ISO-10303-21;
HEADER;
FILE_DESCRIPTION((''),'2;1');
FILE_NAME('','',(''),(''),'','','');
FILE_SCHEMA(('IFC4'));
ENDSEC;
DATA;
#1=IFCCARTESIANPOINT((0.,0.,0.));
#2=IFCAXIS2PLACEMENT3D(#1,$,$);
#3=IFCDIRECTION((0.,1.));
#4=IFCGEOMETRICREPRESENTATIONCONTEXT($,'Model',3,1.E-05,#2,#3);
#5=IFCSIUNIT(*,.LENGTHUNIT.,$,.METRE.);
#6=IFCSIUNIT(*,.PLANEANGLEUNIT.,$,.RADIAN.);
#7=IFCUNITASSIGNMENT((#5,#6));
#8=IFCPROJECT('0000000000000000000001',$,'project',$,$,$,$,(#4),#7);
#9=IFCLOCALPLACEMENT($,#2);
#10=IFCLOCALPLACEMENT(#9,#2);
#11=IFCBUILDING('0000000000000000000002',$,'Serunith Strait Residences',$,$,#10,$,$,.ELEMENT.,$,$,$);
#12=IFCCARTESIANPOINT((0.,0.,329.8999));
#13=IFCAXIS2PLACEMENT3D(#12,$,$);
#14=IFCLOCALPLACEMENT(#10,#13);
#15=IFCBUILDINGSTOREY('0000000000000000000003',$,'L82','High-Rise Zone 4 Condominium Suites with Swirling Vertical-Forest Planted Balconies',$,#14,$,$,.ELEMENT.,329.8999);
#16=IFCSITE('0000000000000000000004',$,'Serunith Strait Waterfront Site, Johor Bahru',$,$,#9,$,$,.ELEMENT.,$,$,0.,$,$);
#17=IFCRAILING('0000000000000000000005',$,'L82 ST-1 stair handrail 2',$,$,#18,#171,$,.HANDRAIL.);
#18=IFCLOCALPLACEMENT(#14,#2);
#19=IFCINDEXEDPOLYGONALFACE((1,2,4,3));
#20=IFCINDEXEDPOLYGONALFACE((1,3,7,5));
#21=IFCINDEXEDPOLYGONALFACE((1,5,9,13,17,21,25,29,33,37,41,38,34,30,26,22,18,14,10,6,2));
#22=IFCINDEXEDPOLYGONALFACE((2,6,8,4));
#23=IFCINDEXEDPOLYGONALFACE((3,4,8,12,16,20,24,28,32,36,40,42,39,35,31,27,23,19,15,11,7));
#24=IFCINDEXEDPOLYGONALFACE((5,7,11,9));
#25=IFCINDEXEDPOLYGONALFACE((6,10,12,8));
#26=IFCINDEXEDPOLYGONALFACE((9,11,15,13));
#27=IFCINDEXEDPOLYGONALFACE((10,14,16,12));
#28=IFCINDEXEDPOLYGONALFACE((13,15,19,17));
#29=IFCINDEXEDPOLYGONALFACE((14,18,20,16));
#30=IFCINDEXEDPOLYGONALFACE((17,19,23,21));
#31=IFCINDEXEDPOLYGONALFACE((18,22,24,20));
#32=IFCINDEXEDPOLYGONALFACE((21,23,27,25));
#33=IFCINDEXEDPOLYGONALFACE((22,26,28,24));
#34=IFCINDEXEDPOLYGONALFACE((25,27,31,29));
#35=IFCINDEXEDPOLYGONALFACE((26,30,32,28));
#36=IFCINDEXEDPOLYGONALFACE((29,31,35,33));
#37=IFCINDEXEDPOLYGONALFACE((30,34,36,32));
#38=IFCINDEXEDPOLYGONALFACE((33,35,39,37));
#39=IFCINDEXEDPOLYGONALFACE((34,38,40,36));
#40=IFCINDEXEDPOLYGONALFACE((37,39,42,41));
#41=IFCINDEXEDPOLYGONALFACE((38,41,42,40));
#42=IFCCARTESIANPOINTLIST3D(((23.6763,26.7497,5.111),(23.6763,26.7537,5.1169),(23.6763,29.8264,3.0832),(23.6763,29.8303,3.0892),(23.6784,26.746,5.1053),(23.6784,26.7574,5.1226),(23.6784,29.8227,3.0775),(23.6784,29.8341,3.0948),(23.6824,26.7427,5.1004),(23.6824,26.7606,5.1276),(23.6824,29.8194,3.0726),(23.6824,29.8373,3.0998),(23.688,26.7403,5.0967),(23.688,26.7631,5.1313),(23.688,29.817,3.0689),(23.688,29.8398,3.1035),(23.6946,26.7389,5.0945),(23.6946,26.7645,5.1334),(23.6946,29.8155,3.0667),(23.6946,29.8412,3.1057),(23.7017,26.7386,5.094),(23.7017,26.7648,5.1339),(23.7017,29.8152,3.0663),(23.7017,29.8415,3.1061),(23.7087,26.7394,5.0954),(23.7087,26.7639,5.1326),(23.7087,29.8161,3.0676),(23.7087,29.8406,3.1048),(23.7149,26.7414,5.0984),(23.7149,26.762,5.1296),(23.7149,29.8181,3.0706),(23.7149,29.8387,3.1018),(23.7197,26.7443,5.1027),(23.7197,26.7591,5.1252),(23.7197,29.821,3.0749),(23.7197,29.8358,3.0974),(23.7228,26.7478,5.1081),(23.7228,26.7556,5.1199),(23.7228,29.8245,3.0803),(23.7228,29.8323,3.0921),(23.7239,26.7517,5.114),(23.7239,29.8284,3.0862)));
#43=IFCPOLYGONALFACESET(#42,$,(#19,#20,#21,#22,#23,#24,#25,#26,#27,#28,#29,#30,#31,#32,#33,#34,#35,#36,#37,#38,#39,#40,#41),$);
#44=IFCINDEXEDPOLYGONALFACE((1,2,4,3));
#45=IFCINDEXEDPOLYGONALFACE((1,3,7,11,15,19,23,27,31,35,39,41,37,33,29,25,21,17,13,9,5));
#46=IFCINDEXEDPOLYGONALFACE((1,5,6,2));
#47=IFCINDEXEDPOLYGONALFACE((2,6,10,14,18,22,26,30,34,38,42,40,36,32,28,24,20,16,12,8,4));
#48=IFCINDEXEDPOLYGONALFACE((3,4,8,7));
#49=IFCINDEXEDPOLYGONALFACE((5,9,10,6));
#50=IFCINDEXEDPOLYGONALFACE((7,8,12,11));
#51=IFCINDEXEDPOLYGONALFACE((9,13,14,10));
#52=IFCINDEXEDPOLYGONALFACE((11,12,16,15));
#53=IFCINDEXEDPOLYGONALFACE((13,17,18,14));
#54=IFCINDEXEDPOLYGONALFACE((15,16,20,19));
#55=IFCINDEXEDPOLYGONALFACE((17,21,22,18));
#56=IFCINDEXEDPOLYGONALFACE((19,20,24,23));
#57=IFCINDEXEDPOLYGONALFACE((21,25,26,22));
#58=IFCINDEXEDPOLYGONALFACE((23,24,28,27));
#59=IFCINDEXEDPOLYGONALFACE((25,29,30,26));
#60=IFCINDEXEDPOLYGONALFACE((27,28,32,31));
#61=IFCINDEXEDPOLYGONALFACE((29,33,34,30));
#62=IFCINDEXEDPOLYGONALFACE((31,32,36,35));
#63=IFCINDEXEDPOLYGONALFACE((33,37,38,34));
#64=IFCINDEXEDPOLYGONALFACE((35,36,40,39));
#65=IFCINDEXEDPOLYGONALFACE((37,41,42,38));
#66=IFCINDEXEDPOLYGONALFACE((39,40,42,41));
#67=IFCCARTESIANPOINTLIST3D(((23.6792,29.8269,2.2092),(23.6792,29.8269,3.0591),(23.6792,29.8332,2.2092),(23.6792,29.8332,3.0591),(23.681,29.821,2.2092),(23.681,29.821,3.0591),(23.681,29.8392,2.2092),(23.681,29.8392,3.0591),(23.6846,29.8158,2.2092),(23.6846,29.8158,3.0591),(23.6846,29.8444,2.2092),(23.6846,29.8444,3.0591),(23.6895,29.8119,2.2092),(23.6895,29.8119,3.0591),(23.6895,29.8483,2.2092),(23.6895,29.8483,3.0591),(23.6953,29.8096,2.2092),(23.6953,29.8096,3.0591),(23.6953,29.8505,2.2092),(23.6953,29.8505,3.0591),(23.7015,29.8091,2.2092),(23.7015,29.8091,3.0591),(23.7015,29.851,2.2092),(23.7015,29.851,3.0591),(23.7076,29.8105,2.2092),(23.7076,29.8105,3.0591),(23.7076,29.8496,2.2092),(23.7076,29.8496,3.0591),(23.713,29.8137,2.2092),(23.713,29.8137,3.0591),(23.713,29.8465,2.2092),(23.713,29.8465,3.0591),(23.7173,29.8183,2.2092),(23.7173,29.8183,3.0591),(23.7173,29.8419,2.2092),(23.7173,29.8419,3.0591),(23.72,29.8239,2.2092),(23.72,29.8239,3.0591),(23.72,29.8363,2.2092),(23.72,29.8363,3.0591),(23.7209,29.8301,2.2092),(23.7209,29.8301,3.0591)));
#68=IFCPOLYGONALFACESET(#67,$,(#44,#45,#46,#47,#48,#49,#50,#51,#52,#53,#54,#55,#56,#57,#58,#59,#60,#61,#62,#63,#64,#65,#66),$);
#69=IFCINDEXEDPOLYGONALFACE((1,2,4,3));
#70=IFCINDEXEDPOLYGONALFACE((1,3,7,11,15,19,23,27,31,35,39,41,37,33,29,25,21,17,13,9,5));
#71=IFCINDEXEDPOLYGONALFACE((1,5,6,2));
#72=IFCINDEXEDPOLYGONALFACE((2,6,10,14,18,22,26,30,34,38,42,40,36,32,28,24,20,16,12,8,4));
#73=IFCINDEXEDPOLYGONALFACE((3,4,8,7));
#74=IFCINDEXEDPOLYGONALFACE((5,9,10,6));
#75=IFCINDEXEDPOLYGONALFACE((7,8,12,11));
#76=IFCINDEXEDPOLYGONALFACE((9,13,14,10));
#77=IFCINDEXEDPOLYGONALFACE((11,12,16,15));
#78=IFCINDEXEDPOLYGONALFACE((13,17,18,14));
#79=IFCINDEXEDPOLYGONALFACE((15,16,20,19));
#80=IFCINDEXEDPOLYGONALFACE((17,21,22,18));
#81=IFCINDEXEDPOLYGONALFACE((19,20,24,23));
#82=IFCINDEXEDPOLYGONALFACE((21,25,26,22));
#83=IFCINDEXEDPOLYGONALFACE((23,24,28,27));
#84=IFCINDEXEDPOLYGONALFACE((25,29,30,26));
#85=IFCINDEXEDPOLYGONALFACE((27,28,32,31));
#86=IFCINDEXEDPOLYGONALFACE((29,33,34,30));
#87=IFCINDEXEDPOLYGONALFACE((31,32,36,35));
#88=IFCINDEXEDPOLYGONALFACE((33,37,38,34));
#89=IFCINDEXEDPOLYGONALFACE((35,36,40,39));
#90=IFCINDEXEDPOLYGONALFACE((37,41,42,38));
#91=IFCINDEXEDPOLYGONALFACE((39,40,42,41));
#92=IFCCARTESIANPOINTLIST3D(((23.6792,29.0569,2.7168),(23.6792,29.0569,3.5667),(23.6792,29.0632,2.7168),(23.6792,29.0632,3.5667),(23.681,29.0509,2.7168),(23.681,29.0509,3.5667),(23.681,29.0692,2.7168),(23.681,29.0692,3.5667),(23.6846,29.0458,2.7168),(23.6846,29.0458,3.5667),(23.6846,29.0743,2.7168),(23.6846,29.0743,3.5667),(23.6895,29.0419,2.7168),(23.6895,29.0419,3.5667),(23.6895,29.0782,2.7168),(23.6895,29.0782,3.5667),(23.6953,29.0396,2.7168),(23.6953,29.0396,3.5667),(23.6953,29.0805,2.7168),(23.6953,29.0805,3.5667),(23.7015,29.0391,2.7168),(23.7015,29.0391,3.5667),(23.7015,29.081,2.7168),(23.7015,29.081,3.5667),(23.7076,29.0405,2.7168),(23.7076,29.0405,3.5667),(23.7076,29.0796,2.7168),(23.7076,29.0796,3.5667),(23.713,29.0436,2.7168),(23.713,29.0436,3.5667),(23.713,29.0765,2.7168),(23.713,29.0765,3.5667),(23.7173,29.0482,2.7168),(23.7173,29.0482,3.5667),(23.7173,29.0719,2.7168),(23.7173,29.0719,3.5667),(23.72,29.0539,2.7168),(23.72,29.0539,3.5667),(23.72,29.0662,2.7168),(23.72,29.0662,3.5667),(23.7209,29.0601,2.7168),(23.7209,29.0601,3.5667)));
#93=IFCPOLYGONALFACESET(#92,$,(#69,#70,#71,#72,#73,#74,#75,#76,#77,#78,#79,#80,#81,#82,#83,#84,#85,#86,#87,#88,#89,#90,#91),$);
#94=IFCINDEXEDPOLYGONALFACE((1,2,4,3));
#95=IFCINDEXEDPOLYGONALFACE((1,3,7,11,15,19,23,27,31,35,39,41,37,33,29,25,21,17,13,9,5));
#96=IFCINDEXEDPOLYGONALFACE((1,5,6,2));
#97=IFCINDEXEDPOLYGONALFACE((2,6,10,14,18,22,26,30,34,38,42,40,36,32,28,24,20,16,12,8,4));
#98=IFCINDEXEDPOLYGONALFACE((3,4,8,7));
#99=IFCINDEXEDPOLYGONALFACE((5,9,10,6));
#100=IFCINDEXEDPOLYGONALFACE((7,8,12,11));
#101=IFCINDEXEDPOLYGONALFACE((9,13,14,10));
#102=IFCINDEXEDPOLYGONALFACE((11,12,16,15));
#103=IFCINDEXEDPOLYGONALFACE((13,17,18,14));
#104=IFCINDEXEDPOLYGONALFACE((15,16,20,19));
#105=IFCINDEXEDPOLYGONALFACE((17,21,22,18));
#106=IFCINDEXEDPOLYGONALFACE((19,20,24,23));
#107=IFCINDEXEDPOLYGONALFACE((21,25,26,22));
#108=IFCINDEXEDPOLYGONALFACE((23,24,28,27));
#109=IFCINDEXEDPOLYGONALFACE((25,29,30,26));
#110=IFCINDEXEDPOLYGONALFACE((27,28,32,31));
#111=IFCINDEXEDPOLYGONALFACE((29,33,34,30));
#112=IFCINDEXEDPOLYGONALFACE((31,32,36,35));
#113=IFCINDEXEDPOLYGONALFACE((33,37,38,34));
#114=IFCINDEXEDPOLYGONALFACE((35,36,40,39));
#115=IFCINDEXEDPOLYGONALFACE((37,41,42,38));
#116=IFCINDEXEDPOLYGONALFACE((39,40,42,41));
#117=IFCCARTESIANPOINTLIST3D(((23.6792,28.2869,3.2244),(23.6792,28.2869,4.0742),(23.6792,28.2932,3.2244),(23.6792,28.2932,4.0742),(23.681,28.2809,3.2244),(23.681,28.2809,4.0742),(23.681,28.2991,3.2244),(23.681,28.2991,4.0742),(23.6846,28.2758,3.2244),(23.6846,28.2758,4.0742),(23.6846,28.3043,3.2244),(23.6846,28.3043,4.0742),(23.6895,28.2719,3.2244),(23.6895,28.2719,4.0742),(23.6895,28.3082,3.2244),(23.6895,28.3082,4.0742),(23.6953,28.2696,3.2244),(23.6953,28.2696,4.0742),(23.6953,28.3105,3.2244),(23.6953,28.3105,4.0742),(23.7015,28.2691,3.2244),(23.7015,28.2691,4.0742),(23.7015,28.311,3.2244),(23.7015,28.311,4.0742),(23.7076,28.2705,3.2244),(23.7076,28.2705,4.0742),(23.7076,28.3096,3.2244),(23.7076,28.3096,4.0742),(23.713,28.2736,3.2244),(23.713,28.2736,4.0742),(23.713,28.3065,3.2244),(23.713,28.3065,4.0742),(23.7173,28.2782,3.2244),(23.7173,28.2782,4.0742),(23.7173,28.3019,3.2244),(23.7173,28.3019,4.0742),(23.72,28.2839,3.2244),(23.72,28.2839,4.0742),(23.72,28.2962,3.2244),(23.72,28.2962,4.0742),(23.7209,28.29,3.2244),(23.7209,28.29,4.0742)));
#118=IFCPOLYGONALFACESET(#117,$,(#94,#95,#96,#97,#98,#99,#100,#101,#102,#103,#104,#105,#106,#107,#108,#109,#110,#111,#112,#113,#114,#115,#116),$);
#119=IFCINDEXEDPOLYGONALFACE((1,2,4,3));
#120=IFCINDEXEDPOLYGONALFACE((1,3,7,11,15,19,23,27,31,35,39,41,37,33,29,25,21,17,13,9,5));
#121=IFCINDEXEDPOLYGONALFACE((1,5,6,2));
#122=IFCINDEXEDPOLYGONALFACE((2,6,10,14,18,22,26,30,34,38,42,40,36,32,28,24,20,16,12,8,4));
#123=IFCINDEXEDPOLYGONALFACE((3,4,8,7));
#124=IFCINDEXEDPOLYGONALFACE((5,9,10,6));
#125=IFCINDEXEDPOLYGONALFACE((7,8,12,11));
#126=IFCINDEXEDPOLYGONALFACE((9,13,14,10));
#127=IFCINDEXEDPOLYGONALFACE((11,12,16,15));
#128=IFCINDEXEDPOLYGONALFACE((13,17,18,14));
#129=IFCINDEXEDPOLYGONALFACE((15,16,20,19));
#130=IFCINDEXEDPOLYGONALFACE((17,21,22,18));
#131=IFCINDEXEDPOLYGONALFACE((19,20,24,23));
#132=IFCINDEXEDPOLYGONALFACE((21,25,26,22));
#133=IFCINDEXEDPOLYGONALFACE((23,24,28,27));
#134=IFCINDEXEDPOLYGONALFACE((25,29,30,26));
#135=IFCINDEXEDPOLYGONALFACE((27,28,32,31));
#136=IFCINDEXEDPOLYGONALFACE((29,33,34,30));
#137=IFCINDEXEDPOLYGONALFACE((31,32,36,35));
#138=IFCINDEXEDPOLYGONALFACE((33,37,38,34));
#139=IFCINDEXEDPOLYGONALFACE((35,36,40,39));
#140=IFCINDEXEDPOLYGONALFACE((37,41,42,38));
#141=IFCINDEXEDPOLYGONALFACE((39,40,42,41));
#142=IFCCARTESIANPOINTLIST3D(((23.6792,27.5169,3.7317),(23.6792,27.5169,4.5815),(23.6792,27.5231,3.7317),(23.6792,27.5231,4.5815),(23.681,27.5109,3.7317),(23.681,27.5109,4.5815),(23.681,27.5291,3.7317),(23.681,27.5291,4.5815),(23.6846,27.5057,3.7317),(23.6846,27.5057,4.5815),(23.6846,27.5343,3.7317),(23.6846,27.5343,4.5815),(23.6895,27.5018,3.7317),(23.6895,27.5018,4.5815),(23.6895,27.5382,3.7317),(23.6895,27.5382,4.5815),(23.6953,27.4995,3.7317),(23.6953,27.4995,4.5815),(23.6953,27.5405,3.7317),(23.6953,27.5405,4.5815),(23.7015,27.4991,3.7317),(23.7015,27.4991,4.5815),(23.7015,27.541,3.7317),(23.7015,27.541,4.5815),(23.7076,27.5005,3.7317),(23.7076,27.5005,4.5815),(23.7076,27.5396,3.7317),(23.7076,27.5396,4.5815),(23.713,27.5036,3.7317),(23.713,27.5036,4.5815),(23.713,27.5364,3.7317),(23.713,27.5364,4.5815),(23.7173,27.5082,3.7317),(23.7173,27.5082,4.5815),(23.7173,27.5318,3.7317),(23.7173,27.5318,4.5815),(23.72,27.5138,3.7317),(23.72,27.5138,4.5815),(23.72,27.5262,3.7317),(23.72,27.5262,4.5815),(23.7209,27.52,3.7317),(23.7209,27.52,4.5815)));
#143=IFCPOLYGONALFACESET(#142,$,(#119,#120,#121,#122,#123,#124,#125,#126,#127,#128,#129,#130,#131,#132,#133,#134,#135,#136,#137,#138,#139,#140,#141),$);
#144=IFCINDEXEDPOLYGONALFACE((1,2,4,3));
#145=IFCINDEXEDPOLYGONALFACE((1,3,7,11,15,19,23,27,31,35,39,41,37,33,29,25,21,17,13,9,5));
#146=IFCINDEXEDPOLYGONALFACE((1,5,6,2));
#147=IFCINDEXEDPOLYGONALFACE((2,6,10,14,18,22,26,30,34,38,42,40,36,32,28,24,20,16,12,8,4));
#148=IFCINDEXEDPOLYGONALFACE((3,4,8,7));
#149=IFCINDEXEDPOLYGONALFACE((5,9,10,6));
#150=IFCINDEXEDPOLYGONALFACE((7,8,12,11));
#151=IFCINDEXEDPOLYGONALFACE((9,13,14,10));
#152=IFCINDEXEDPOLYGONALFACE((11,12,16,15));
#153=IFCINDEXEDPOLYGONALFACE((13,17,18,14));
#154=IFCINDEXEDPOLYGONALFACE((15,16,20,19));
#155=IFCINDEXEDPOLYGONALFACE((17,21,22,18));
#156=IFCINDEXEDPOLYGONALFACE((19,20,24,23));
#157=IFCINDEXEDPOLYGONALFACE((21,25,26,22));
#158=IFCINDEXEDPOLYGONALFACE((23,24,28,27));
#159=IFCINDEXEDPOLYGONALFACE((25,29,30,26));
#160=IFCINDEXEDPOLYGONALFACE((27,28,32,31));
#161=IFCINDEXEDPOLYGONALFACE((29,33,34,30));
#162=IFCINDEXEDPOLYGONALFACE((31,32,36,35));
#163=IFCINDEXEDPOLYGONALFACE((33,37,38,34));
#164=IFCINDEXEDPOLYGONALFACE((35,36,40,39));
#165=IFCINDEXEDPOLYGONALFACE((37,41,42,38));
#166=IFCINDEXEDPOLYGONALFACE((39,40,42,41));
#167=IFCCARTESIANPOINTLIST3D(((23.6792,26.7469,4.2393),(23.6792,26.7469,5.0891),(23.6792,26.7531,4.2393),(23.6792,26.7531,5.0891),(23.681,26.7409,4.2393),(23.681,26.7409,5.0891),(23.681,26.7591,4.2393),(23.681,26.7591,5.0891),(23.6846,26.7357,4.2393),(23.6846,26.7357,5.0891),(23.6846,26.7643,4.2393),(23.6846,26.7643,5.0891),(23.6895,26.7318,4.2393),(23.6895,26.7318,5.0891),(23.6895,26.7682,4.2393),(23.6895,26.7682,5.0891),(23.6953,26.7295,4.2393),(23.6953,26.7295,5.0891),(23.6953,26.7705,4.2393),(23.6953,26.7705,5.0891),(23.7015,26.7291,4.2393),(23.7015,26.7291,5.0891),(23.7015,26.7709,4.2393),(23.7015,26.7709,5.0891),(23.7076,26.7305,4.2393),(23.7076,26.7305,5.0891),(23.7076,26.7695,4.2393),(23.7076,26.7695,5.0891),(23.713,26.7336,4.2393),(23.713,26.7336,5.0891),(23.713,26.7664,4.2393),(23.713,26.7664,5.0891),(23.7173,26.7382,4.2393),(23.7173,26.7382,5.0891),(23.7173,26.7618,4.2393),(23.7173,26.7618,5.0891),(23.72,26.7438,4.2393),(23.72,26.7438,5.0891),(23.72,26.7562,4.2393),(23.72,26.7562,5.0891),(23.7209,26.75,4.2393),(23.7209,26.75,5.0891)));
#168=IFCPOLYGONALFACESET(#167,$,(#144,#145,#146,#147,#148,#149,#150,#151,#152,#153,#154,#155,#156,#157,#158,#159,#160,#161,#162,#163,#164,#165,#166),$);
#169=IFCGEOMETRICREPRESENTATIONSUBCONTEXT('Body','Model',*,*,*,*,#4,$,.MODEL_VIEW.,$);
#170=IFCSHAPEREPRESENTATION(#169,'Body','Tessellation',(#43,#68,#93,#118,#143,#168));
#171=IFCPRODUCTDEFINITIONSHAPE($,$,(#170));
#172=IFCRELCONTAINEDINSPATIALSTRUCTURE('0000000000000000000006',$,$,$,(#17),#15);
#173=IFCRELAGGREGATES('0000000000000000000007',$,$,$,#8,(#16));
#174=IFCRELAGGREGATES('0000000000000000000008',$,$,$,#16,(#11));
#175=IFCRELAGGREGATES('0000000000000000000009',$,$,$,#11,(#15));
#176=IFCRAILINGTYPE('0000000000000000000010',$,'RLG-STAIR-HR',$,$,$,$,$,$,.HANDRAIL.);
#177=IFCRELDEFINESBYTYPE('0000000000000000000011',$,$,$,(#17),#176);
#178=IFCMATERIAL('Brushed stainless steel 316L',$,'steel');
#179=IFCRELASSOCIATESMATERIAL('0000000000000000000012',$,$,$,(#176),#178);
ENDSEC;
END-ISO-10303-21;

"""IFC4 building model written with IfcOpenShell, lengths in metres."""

from ifc_helpers import new_model, si_unit, direction, frame, origin, origin_2d, place, context, subcontext, project, spatial, circle, extrude, material, type_object, element, save


model = new_model("IFC4")

# Units and contexts
model_context = context("Model", 3, precision=1e-05, world=origin(), true_north=direction((0.0, 1.0)))
body_context = subcontext(model_context, "Body", "Model", "MODEL_VIEW")
ifc_project = project(units=[si_unit("LENGTHUNIT", "METRE"), si_unit("PLANEANGLEUNIT", "RADIAN")], contexts=[model_context])

# Site, building, storey
site_placement = place(None, origin())
site = spatial("IfcSite", under=ifc_project, at=site_placement, Name="Serunith Strait Waterfront Site, Johor Bahru", CompositionType="ELEMENT", RefElevation=0.0)
building_placement = place(site_placement, origin())
building = spatial("IfcBuilding", under=site, at=building_placement, Name="Serunith Strait Residences", CompositionType="ELEMENT")
storey_placement = place(building_placement, frame((0.0, 0.0, 329.8999)))
storey = spatial("IfcBuildingStorey", under=building, at=storey_placement, Name="L82", Description="High-Rise Zone 4 Condominium Suites with Swirling Vertical-Forest Planted Balconies", CompositionType="ELEMENT", Elevation=329.8999)

# Railing
ifc_material_1 = material(Name="Brushed stainless steel 316L", Category="steel")
railing_type_1 = type_object("IfcRailingType", Name="RLG-STAIR-HR", PredefinedType="HANDRAIL", material=ifc_material_1)
railing_1_placement = place(storey_placement, frame((23.7, 29.8301, 2.2092)))
element("IfcRailing", 1, at=railing_1_placement, inside=storey, type_object=railing_type_1, Name="L82 ST-1 stair handrail 2", PredefinedType="HANDRAIL", context=body_context, shape_type="SweptSolid", body=[
    extrude(circle(Radius=0.0239, at=origin_2d()), frame((0.0, -0.0017, 0.877), z_axis=(0.0, -0.834961, 0.550309), x_axis=(1.0, 0.0, 0.0)), (0.0, 0.0, 1.0), 3.6848),
    extrude(circle(Radius=0.021, at=origin_2d()), origin(), (0.0, 0.0, 1.0), 0.8499),
    extrude(circle(Radius=0.021, at=origin_2d()), frame((0.0, -0.77, 0.5076)), (0.0, 0.0, 1.0), 0.8499),
    extrude(circle(Radius=0.021, at=origin_2d()), frame((0.0, -1.54, 1.0151)), (0.0, 0.0, 1.0), 0.8499),
    extrude(circle(Radius=0.021, at=origin_2d()), frame((0.0, -2.3101, 1.5225)), (0.0, 0.0, 1.0), 0.8499),
    extrude(circle(Radius=0.021, at=origin_2d()), frame((0.0, -3.0801, 2.03)), (0.0, 0.0, 1.0), 0.8499),
])

save(model, "model.ifc")
